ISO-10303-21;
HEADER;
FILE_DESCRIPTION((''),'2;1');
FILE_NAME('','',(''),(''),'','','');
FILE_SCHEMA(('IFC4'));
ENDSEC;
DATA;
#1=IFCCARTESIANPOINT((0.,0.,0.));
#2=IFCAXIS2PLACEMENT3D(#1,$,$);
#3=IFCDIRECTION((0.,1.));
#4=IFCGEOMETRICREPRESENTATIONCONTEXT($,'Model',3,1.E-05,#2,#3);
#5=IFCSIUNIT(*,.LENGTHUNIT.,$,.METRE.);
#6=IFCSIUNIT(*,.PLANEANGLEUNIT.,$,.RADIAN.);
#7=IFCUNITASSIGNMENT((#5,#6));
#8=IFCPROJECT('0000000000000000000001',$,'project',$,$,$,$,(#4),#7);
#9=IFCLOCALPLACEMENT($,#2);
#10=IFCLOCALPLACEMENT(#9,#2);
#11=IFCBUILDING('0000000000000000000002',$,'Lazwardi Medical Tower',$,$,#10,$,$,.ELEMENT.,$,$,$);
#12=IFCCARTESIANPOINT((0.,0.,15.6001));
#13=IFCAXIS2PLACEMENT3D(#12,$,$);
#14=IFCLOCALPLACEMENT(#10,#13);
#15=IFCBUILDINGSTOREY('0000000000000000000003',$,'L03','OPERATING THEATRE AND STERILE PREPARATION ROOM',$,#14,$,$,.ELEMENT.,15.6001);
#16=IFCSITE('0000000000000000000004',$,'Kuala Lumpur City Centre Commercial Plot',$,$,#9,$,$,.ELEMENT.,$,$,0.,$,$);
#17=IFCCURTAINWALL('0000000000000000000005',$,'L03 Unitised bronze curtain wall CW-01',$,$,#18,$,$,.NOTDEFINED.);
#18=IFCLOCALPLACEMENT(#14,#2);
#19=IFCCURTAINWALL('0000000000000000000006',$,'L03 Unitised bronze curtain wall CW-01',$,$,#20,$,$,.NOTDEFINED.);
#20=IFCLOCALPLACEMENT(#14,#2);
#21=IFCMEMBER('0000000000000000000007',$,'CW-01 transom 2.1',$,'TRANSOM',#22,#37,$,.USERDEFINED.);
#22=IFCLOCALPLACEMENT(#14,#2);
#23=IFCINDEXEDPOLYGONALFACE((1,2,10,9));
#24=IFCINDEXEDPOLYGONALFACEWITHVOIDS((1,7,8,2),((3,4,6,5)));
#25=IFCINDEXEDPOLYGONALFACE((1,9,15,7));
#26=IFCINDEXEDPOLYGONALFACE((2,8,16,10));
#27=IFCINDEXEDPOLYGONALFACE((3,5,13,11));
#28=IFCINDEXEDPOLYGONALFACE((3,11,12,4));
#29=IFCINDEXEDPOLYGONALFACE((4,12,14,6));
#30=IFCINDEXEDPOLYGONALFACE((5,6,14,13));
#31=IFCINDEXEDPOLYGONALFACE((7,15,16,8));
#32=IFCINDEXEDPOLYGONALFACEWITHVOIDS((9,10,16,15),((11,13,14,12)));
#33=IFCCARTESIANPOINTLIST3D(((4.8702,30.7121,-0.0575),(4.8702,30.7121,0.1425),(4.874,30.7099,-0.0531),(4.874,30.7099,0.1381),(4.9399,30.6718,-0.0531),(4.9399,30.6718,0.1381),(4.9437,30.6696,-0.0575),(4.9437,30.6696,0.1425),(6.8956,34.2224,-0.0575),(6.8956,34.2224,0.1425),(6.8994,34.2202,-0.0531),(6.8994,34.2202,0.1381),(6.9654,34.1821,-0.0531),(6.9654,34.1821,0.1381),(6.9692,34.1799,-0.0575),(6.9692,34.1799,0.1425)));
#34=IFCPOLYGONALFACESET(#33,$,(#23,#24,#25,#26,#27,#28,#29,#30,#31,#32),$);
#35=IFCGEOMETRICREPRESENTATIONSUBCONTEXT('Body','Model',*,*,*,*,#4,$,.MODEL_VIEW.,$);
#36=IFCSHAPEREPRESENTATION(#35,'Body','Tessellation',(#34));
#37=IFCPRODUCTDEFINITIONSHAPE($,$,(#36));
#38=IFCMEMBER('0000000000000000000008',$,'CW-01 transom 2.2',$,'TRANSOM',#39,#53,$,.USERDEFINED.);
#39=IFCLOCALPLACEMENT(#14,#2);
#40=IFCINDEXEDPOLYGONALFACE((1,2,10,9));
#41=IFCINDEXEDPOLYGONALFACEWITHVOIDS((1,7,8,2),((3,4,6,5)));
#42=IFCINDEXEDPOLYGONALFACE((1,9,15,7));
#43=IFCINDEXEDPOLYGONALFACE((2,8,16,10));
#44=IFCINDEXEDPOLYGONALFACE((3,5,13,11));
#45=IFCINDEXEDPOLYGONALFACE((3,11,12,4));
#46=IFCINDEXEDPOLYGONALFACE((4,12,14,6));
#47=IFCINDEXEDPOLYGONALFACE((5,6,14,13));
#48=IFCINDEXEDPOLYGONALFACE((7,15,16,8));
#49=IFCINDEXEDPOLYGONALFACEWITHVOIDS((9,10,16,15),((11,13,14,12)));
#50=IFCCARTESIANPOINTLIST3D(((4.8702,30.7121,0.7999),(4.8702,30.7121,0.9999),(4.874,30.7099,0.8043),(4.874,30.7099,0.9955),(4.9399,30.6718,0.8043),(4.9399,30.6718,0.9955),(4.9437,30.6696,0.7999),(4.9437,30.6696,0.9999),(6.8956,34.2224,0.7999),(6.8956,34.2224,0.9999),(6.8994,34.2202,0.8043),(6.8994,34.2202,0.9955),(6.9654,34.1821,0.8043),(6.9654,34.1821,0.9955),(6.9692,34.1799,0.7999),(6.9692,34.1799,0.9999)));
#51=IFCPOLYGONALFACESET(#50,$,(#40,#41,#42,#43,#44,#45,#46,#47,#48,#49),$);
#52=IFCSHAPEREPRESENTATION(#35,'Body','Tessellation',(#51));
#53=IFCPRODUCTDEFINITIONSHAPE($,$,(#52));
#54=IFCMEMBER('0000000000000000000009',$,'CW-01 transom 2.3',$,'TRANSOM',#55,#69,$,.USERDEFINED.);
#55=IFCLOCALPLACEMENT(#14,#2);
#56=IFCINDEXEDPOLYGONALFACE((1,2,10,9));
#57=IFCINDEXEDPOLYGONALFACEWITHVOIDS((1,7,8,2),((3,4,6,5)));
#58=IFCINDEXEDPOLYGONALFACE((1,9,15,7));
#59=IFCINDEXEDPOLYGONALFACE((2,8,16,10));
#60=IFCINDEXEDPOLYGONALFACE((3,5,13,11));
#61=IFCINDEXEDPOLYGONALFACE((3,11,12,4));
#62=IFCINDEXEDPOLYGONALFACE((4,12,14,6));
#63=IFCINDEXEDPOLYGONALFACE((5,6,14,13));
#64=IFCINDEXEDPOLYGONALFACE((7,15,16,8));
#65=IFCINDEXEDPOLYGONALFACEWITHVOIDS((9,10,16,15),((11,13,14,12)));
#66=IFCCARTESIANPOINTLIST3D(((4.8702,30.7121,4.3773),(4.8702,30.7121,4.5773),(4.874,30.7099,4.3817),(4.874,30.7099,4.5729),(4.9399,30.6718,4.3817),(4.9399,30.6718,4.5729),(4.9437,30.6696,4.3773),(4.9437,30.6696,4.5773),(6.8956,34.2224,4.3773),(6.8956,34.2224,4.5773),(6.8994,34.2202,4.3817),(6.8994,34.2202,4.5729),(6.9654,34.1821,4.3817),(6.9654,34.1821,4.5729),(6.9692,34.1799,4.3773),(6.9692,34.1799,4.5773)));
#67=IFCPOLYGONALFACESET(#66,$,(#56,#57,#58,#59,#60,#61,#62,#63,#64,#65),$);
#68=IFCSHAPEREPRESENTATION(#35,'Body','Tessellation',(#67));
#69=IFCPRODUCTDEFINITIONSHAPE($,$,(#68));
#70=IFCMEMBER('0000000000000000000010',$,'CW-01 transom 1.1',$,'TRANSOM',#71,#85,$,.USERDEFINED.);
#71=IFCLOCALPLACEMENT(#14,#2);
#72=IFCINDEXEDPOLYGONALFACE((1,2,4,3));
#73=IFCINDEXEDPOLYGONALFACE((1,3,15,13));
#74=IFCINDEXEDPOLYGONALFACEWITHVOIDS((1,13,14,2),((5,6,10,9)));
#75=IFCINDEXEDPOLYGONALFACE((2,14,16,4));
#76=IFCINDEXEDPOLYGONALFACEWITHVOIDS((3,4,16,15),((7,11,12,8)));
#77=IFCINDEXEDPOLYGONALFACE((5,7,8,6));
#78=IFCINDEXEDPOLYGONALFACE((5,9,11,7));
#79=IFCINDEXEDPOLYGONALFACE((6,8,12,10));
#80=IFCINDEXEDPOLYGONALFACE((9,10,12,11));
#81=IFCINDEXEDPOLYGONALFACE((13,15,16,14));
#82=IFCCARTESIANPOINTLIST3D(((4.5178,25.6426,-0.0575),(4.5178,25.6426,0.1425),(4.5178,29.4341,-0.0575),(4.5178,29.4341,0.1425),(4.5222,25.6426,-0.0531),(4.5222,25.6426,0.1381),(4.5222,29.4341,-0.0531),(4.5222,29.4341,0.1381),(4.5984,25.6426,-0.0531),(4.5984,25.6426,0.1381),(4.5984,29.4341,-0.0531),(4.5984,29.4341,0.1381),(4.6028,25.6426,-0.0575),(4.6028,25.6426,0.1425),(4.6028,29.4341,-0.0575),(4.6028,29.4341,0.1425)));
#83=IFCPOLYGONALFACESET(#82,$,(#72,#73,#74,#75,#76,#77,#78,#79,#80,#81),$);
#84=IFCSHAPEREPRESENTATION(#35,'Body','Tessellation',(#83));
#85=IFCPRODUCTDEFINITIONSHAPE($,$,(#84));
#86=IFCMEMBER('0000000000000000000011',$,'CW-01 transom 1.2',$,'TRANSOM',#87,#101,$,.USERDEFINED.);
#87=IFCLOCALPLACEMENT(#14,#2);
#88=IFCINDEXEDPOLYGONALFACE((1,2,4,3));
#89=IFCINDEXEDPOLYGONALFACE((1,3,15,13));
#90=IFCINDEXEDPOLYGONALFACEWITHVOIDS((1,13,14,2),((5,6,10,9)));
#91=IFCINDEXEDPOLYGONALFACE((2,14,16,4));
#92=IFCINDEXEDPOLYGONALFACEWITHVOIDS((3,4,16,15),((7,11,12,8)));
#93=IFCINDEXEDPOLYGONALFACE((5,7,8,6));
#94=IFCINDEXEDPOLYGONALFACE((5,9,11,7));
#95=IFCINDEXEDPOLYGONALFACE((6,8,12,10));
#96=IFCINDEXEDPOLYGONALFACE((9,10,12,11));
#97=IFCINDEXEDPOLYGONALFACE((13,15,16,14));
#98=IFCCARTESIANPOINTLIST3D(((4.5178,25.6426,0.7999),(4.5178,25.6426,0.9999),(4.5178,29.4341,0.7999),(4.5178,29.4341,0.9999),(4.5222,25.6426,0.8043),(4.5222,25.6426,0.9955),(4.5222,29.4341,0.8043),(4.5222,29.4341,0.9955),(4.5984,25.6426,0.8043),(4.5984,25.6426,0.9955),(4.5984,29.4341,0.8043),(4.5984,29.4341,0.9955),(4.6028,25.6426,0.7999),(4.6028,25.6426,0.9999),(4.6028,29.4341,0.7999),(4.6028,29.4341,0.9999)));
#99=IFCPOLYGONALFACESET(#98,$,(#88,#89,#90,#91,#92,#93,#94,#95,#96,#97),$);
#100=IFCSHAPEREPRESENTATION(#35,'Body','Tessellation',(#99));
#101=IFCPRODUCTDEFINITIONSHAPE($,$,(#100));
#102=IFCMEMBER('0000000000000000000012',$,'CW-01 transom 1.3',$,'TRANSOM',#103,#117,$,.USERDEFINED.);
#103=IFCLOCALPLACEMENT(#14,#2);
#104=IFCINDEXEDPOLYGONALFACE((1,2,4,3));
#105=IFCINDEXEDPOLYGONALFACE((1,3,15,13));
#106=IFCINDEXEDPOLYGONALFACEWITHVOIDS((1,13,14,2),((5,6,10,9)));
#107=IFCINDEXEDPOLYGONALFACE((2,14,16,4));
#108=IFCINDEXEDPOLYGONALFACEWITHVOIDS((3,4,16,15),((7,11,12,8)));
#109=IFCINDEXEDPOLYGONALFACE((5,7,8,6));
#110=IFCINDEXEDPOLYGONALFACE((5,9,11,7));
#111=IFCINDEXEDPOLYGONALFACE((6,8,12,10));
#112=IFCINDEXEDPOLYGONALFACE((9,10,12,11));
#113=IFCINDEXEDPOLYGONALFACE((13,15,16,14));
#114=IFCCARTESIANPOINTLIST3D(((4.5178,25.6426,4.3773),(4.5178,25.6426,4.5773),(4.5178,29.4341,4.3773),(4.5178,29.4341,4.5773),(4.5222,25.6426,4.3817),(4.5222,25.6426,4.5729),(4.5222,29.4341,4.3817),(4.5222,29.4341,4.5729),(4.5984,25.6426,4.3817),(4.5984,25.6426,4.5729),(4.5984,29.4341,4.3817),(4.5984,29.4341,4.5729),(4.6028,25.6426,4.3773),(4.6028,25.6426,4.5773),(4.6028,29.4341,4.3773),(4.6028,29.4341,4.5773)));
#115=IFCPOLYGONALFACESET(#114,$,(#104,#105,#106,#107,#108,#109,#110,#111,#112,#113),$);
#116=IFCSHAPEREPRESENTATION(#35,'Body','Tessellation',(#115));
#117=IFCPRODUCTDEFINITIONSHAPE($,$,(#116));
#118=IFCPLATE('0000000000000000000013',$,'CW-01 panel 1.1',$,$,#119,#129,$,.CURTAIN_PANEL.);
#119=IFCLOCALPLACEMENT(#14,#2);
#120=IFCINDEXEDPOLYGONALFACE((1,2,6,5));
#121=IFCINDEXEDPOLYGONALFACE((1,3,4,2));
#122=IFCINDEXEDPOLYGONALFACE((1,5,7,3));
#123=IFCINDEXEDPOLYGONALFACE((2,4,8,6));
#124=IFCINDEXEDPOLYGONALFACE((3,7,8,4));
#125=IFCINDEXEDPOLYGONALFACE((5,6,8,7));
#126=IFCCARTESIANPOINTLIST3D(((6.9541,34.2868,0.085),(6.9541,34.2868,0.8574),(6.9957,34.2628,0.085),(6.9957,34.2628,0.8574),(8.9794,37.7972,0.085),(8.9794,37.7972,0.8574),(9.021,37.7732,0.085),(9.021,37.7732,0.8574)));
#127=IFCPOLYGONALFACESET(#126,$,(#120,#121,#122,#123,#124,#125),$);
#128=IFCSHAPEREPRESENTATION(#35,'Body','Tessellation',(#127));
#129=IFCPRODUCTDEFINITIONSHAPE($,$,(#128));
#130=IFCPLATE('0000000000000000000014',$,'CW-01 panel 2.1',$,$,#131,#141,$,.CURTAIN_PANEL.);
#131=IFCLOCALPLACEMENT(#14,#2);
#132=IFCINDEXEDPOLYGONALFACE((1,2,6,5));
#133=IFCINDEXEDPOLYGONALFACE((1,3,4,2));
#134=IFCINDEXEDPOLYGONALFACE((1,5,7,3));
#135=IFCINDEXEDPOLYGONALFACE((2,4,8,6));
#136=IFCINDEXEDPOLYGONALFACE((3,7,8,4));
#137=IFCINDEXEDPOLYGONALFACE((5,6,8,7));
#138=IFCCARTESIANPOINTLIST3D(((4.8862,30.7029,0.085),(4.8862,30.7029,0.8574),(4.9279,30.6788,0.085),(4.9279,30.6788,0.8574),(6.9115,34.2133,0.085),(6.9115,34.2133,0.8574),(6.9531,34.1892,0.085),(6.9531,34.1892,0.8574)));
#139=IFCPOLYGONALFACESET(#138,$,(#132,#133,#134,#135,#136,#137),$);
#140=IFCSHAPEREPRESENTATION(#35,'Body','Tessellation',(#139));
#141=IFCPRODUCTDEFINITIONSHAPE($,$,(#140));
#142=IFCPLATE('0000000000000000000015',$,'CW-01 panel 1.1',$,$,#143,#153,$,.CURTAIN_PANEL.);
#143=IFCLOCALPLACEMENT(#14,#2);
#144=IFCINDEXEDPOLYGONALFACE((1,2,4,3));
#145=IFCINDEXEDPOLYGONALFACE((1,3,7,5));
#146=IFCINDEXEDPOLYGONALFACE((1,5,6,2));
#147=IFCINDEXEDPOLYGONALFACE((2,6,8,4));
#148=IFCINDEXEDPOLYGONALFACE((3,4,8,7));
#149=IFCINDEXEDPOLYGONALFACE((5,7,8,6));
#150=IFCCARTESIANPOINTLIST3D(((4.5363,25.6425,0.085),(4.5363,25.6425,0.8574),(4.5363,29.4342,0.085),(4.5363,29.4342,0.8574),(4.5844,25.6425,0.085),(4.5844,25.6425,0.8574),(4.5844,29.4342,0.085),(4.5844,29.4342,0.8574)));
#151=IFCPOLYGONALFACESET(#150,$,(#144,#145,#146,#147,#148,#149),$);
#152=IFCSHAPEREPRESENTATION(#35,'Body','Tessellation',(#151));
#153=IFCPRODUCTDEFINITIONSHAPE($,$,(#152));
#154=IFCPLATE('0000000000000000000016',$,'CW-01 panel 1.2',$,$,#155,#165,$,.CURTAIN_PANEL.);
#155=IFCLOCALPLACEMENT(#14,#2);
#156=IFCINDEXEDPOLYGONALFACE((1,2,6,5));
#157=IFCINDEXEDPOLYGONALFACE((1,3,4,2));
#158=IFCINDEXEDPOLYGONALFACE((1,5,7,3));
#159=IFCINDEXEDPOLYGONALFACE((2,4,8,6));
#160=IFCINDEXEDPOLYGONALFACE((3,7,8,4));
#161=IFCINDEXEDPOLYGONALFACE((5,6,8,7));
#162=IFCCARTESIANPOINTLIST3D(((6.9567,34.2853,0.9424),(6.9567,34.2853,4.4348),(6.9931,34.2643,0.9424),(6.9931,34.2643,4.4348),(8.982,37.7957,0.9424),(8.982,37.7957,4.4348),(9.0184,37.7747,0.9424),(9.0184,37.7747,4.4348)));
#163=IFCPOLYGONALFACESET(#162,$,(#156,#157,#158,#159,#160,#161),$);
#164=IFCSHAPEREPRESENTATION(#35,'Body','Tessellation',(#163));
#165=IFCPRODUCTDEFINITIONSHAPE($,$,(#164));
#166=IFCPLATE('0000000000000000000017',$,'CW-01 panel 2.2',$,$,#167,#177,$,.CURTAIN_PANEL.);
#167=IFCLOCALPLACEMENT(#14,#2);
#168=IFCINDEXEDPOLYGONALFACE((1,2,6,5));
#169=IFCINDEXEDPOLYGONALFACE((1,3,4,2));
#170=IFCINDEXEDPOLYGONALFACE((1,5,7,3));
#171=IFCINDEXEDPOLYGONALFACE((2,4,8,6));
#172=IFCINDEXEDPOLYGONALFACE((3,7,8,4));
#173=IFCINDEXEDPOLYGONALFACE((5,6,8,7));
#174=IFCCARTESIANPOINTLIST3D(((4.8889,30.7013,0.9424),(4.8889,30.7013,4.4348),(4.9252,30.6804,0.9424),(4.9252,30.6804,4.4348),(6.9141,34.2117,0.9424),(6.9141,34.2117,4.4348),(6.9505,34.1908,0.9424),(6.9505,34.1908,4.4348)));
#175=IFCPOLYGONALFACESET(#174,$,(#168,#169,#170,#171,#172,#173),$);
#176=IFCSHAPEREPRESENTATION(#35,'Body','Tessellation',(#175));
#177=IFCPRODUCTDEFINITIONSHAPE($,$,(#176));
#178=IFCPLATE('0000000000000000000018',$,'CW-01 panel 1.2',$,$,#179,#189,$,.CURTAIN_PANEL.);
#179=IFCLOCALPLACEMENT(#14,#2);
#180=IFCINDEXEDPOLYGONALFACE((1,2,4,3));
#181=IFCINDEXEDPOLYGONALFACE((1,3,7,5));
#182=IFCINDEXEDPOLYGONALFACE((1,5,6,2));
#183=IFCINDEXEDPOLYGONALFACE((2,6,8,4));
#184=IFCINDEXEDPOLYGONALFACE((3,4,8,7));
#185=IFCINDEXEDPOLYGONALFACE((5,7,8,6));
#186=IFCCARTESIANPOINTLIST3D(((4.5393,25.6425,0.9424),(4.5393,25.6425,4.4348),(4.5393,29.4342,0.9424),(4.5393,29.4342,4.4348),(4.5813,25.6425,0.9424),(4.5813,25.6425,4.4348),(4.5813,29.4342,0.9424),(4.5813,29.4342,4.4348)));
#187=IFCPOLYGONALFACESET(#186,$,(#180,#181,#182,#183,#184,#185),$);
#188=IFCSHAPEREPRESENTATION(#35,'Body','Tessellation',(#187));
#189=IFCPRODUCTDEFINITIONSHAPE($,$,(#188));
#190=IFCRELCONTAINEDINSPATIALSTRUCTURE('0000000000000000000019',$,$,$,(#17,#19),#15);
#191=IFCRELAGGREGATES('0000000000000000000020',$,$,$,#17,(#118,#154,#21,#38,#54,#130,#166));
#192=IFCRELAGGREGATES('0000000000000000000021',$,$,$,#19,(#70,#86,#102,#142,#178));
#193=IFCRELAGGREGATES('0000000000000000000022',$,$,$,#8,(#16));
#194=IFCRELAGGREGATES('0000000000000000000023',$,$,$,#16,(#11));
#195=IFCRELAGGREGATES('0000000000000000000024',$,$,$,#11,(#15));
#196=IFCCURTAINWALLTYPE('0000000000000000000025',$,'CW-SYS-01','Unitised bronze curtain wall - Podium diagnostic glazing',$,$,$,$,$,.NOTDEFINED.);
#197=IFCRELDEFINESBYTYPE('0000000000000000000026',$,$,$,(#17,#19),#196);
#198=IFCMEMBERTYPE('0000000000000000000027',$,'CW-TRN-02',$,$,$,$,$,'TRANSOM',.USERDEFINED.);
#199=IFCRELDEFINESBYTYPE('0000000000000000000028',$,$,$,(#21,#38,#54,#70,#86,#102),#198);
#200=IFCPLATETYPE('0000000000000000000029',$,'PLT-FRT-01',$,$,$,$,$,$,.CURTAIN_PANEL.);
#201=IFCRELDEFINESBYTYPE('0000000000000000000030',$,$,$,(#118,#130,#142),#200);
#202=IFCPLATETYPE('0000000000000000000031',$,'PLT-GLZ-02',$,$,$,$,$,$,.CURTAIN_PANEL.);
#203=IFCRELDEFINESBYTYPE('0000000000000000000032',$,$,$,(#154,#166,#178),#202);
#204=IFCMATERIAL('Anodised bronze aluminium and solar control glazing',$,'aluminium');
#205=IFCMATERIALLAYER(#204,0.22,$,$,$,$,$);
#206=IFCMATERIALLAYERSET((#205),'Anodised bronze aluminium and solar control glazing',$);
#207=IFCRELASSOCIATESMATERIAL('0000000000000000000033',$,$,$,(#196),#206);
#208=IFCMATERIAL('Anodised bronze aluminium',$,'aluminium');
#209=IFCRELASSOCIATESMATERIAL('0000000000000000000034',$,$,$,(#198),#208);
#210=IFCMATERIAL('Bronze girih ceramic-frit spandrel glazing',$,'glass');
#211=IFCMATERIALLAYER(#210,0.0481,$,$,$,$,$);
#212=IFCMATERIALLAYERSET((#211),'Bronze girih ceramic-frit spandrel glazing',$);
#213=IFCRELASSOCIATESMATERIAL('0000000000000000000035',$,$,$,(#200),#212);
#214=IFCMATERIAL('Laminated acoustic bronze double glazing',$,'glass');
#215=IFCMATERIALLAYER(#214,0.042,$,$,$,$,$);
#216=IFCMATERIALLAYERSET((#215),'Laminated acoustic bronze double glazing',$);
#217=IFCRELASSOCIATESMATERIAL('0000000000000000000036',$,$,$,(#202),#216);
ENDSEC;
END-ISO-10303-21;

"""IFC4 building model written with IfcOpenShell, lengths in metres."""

from ifc_helpers import new_model, si_unit, direction, frame, origin, origin_2d, place, context, subcontext, project, spatial, rectangle, hollow_rectangle, extrude, material, layer, layer_set, material_profile, profile_set, type_object, element, aggregate, save


model = new_model("IFC4")

# Units and contexts
model_context = context("Model", 3, precision=1e-05, world=origin(), true_north=direction((0.0, 1.0)))
body_context = subcontext(model_context, "Body", "Model", "MODEL_VIEW")
ifc_project = project(units=[si_unit("LENGTHUNIT", "METRE"), si_unit("PLANEANGLEUNIT", "RADIAN")], contexts=[model_context])

# Site, building, storey
site_placement = place(None, origin())
site = spatial("IfcSite", under=ifc_project, at=site_placement, Name="Kuala Lumpur City Centre Commercial Plot", CompositionType="ELEMENT", RefElevation=0.0)
building_placement = place(site_placement, origin())
building = spatial("IfcBuilding", under=site, at=building_placement, Name="Lazwardi Medical Tower", CompositionType="ELEMENT")
storey_placement = place(building_placement, frame((0.0, 0.0, 15.6001)))
storey = spatial("IfcBuildingStorey", under=building, at=storey_placement, Name="L03", Description="OPERATING THEATRE AND STERILE PREPARATION ROOM", CompositionType="ELEMENT", Elevation=15.6001)

# Curtain wall
ifc_material_1 = material(Name="Anodised bronze aluminium and solar control glazing", Category="aluminium")
ifc_layer_1 = layer(ifc_material_1, 0.22)
ifc_layer_set_1 = layer_set([ifc_layer_1], Name="Anodised bronze aluminium and solar control glazing")
curtain_wall_type = type_object("IfcCurtainWallType", Name="CW-SYS-01", Description="Unitised bronze curtain wall - Podium diagnostic glazing", PredefinedType="NOTDEFINED", material=ifc_layer_set_1)
curtain_wall_1_placement = place(storey_placement, origin())
curtain_wall_1 = element("IfcCurtainWall", 1, at=curtain_wall_1_placement, inside=storey, type_object=curtain_wall_type, Name="L03 Unitised bronze curtain wall CW-01", PredefinedType="NOTDEFINED")
ifc_material_2 = material(Name="Anodised bronze aluminium", Category="aluminium")

# Curtain wall
curtain_wall_2_placement = place(storey_placement, origin())
curtain_wall_2 = element("IfcCurtainWall", 2, at=curtain_wall_2_placement, inside=storey, type_object=curtain_wall_type, Name="L03 Unitised bronze curtain wall CW-01", PredefinedType="NOTDEFINED")

# Members
ifc_material_profile_1 = material_profile(ifc_material_2, hollow_rectangle(XDim=0.085, YDim=0.2, WallThickness=0.0044, at=origin_2d()), Name="ALU-TRANSOM 200x85x4.5")
ifc_profile_set_1 = profile_set([ifc_material_profile_1], Name="Anodised bronze aluminium")
member_type_1 = type_object("IfcMemberType", Name="CW-TRN-02", ElementType="TRANSOM", PredefinedType="USERDEFINED", material=ifc_profile_set_1)
member_1_placement = place(storey_placement, frame((6.9324, 34.2012, 0.0425), z_axis=(-0.499768, -0.86616, 0.0), x_axis=(0.86616, -0.499768, 0.0)))
member_1 = element("IfcMember", 3, at=member_1_placement, type_object=member_type_1, Name="CW-01 transom 2.1", ObjectType="TRANSOM", PredefinedType="USERDEFINED", context=body_context, shape_type="SweptSolid", body=[
    extrude(hollow_rectangle(XDim=0.085, YDim=0.2, WallThickness=0.0044, at=origin_2d()), origin(), (0.0, 0.0, 1.0), 4.0527),
])
member_2_placement = place(storey_placement, frame((6.9324, 34.2012, 0.8999), z_axis=(-0.499768, -0.86616, 0.0), x_axis=(0.86616, -0.499768, 0.0)))
member_2 = element("IfcMember", 4, at=member_2_placement, type_object=member_type_1, Name="CW-01 transom 2.2", ObjectType="TRANSOM", PredefinedType="USERDEFINED", context=body_context, shape_type="SweptSolid", body=[
    extrude(hollow_rectangle(XDim=0.085, YDim=0.2, WallThickness=0.0044, at=origin_2d()), origin(), (0.0, 0.0, 1.0), 4.0527),
])
member_3_placement = place(storey_placement, frame((6.9324, 34.2012, 4.4773), z_axis=(-0.499768, -0.86616, 0.0), x_axis=(0.86616, -0.499768, 0.0)))
member_3 = element("IfcMember", 5, at=member_3_placement, type_object=member_type_1, Name="CW-01 transom 2.3", ObjectType="TRANSOM", PredefinedType="USERDEFINED", context=body_context, shape_type="SweptSolid", body=[
    extrude(hollow_rectangle(XDim=0.085, YDim=0.2, WallThickness=0.0044, at=origin_2d()), origin(), (0.0, 0.0, 1.0), 4.0527),
])
member_4_placement = place(storey_placement, frame((4.5603, 29.4341, 0.0425), z_axis=(0.0, -1.0, 0.0), x_axis=(1.0, 0.0, 0.0)))
member_4 = element("IfcMember", 6, at=member_4_placement, type_object=member_type_1, Name="CW-01 transom 1.1", ObjectType="TRANSOM", PredefinedType="USERDEFINED", context=body_context, shape_type="SweptSolid", body=[
    extrude(hollow_rectangle(XDim=0.085, YDim=0.2, WallThickness=0.0044, at=origin_2d()), origin(), (0.0, 0.0, 1.0), 3.7915),
])
member_5_placement = place(storey_placement, frame((4.5603, 29.4341, 0.8999), z_axis=(0.0, -1.0, 0.0), x_axis=(1.0, 0.0, 0.0)))
member_5 = element("IfcMember", 7, at=member_5_placement, type_object=member_type_1, Name="CW-01 transom 1.2", ObjectType="TRANSOM", PredefinedType="USERDEFINED", context=body_context, shape_type="SweptSolid", body=[
    extrude(hollow_rectangle(XDim=0.085, YDim=0.2, WallThickness=0.0044, at=origin_2d()), origin(), (0.0, 0.0, 1.0), 3.7915),
])
member_6_placement = place(storey_placement, frame((4.5603, 29.4341, 4.4773), z_axis=(0.0, -1.0, 0.0), x_axis=(1.0, 0.0, 0.0)))
member_6 = element("IfcMember", 8, at=member_6_placement, type_object=member_type_1, Name="CW-01 transom 1.3", ObjectType="TRANSOM", PredefinedType="USERDEFINED", context=body_context, shape_type="SweptSolid", body=[
    extrude(hollow_rectangle(XDim=0.085, YDim=0.2, WallThickness=0.0044, at=origin_2d()), origin(), (0.0, 0.0, 1.0), 3.7915),
])

# Plates
ifc_material_3 = material(Name="Bronze girih ceramic-frit spandrel glazing", Category="glass")
ifc_layer_2 = layer(ifc_material_3, 0.0481)
ifc_layer_set_2 = layer_set([ifc_layer_2], Name="Bronze girih ceramic-frit spandrel glazing")
plate_type_1 = type_object("IfcPlateType", Name="PLT-FRT-01", PredefinedType="CURTAIN_PANEL", material=ifc_layer_set_2)
plate_1_placement = place(storey_placement, frame((7.9875, 36.03, 0.085), z_axis=(0.0, 0.0, 1.0), x_axis=(-0.499731, -0.866181, 0.0)))
plate_1 = element("IfcPlate", 9, at=plate_1_placement, type_object=plate_type_1, Name="CW-01 panel 1.1", PredefinedType="CURTAIN_PANEL", context=body_context, shape_type="SweptSolid", body=[
    extrude(rectangle(XDim=4.0527, YDim=0.0481, at=origin_2d()), origin(), (0.0, 0.0, 1.0), 0.7725),
])
plate_2_placement = place(storey_placement, frame((5.9197, 32.446, 0.085), z_axis=(0.0, 0.0, 1.0), x_axis=(-0.499731, -0.866181, 0.0)))
plate_2 = element("IfcPlate", 10, at=plate_2_placement, type_object=plate_type_1, Name="CW-01 panel 2.1", PredefinedType="CURTAIN_PANEL", context=body_context, shape_type="SweptSolid", body=[
    extrude(rectangle(XDim=4.0527, YDim=0.0481, at=origin_2d()), origin(), (0.0, 0.0, 1.0), 0.7725),
])
plate_3_placement = place(storey_placement, frame((4.5603, 27.5383, 0.085), z_axis=(0.0, 0.0, 1.0), x_axis=(0.0, -1.0, 0.0)))
plate_3 = element("IfcPlate", 11, at=plate_3_placement, type_object=plate_type_1, Name="CW-01 panel 1.1", PredefinedType="CURTAIN_PANEL", context=body_context, shape_type="SweptSolid", body=[
    extrude(rectangle(XDim=3.7917, YDim=0.0481, at=origin_2d()), origin(), (0.0, 0.0, 1.0), 0.7725),
])
ifc_material_4 = material(Name="Laminated acoustic bronze double glazing", Category="glass")
ifc_layer_3 = layer(ifc_material_4, 0.042)
ifc_layer_set_3 = layer_set([ifc_layer_3], Name="Laminated acoustic bronze double glazing")
plate_type_2 = type_object("IfcPlateType", Name="PLT-GLZ-02", PredefinedType="CURTAIN_PANEL", material=ifc_layer_set_3)
plate_4_placement = place(storey_placement, frame((7.9875, 36.03, 0.9424), z_axis=(0.0, 0.0, 1.0), x_axis=(-0.499731, -0.866181, 0.0)))
plate_4 = element("IfcPlate", 12, at=plate_4_placement, type_object=plate_type_2, Name="CW-01 panel 1.2", PredefinedType="CURTAIN_PANEL", context=body_context, shape_type="SweptSolid", body=[
    extrude(rectangle(XDim=4.0527, YDim=0.042, at=origin_2d()), origin(), (0.0, 0.0, 1.0), 3.4924),
])
plate_5_placement = place(storey_placement, frame((5.9197, 32.446, 0.9424), z_axis=(0.0, 0.0, 1.0), x_axis=(-0.499731, -0.866181, 0.0)))
plate_5 = element("IfcPlate", 13, at=plate_5_placement, type_object=plate_type_2, Name="CW-01 panel 2.2", PredefinedType="CURTAIN_PANEL", context=body_context, shape_type="SweptSolid", body=[
    extrude(rectangle(XDim=4.0527, YDim=0.042, at=origin_2d()), origin(), (0.0, 0.0, 1.0), 3.4924),
])
aggregate(curtain_wall_1, [plate_1, plate_4, member_1, member_2, member_3, plate_2, plate_5])
plate_6_placement = place(storey_placement, frame((4.5603, 27.5383, 0.9424), z_axis=(0.0, 0.0, 1.0), x_axis=(0.0, -1.0, 0.0)))
plate_6 = element("IfcPlate", 14, at=plate_6_placement, type_object=plate_type_2, Name="CW-01 panel 1.2", PredefinedType="CURTAIN_PANEL", context=body_context, shape_type="SweptSolid", body=[
    extrude(rectangle(XDim=3.7917, YDim=0.042, at=origin_2d()), origin(), (0.0, 0.0, 1.0), 3.4924),
])
aggregate(curtain_wall_2, [member_4, member_5, member_6, plate_3, plate_6])

save(model, "model.ifc")
